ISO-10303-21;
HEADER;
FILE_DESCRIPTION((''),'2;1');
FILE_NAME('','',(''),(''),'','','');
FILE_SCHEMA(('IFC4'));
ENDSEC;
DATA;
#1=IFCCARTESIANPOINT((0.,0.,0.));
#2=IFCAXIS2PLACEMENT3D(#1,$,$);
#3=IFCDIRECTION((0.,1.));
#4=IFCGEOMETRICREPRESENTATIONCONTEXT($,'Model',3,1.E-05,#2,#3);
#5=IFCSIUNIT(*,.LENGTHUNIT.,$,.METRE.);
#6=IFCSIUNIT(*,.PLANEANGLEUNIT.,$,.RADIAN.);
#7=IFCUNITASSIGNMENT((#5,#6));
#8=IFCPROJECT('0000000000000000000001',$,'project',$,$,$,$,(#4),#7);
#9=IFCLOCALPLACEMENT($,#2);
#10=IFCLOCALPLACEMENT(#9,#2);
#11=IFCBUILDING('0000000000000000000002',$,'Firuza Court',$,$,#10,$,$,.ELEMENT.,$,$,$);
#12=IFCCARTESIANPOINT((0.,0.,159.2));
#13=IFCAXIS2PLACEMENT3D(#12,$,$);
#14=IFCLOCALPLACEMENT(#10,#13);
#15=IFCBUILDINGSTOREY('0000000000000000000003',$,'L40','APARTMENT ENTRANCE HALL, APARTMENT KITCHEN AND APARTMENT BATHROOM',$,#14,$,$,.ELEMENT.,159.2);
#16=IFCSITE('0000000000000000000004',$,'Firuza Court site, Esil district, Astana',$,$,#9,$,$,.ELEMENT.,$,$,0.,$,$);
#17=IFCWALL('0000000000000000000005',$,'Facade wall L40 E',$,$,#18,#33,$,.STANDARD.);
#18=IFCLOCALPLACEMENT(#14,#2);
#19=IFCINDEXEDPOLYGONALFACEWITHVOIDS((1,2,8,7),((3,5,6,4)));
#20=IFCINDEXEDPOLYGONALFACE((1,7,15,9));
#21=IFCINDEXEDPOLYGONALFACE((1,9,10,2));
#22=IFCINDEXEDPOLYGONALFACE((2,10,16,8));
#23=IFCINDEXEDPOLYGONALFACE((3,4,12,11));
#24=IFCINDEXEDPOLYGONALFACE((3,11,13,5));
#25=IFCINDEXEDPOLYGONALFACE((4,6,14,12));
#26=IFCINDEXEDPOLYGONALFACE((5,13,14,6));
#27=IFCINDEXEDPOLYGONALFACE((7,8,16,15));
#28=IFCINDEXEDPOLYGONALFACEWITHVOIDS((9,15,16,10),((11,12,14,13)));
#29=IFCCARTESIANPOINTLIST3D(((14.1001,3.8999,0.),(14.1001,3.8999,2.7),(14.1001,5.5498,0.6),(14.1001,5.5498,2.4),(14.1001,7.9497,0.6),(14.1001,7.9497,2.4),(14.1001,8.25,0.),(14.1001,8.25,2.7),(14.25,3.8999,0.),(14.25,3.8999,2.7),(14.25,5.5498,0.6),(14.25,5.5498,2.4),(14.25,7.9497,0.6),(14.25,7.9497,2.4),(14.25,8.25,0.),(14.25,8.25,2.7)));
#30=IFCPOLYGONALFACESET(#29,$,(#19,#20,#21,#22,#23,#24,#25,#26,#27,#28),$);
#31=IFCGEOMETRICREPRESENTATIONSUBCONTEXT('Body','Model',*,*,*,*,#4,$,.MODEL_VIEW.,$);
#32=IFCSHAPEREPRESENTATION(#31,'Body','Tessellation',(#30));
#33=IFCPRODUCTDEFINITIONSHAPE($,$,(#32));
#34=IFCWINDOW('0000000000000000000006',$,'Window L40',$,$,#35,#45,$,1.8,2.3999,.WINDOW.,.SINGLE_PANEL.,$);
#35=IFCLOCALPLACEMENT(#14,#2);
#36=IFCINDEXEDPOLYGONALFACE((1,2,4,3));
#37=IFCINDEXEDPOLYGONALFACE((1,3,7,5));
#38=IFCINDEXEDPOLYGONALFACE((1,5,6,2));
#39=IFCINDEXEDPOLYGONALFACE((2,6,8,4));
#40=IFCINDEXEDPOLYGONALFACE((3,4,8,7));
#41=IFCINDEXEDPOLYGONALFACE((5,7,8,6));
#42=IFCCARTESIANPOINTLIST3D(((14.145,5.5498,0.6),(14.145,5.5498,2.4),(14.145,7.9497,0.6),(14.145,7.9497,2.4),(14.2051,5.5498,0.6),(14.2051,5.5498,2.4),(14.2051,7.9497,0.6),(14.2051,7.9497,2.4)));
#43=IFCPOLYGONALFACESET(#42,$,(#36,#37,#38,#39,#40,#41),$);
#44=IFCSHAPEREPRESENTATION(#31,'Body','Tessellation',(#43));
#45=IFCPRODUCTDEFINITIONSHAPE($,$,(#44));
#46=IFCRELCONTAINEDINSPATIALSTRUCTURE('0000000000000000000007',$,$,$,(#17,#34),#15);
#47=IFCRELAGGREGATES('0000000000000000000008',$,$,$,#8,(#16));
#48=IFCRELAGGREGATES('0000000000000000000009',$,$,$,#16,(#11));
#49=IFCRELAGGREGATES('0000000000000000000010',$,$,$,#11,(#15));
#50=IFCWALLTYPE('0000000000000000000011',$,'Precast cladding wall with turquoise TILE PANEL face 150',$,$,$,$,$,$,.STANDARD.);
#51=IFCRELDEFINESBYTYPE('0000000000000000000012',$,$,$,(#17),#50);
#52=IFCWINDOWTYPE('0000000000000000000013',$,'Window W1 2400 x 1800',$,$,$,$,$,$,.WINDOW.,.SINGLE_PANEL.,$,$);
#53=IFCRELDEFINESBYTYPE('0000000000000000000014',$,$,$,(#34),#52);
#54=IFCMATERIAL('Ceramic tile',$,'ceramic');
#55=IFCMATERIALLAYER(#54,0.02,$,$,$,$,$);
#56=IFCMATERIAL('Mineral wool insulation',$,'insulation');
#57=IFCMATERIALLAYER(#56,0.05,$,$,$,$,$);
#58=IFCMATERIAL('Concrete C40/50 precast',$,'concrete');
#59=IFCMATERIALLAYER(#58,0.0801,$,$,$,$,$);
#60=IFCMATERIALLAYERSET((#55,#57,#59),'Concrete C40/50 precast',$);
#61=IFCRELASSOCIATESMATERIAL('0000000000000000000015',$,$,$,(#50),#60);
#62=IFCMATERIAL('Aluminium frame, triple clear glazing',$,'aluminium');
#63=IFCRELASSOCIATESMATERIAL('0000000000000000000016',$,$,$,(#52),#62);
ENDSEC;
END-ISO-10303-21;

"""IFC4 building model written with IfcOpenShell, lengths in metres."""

from ifc_helpers import new_model, si_unit, direction, frame, frame_2d, origin, place, context, subcontext, project, spatial, rectangle, extrude, material, layer, layer_set, type_object, element, fill, save


model = new_model("IFC4")

# Units and contexts
model_context = context("Model", 3, precision=1e-05, world=origin(), true_north=direction((0.0, 1.0)))
body_context = subcontext(model_context, "Body", "Model", "MODEL_VIEW")
ifc_project = project(units=[si_unit("LENGTHUNIT", "METRE"), si_unit("PLANEANGLEUNIT", "RADIAN")], contexts=[model_context])

# Site, building, storey
site_placement = place(None, origin())
site = spatial("IfcSite", under=ifc_project, at=site_placement, Name="Firuza Court site, Esil district, Astana", CompositionType="ELEMENT", RefElevation=0.0)
building_placement = place(site_placement, origin())
building = spatial("IfcBuilding", under=site, at=building_placement, Name="Firuza Court", CompositionType="ELEMENT")
storey_placement = place(building_placement, frame((0.0, 0.0, 159.2)))
storey = spatial("IfcBuildingStorey", under=building, at=storey_placement, Name="L40", Description="APARTMENT ENTRANCE HALL, APARTMENT KITCHEN AND APARTMENT BATHROOM", CompositionType="ELEMENT", Elevation=159.2)

# Shared definitions
ifc_material_1 = material(Name="Ceramic tile", Category="ceramic")
ifc_layer_1 = layer(ifc_material_1, 0.02)
ifc_material_2 = material(Name="Mineral wool insulation", Category="insulation")
ifc_layer_2 = layer(ifc_material_2, 0.05)
ifc_material_3 = material(Name="Concrete C40/50 precast", Category="concrete")
ifc_layer_3 = layer(ifc_material_3, 0.0801)
ifc_layer_set_1 = layer_set([ifc_layer_1, ifc_layer_2, ifc_layer_3], Name="Concrete C40/50 precast")
wall_type_1 = type_object("IfcWallType", Name="Precast cladding wall with turquoise TILE PANEL face 150", PredefinedType="STANDARD", material=ifc_layer_set_1)

# Wall, opening, window
wall_1_placement = place(storey_placement, frame((14.175, 3.8999, 0.0), z_axis=(0.0, 0.0, 1.0), x_axis=(0.0, 1.0, 0.0)))
wall_1 = element("IfcWall", 1, at=wall_1_placement, inside=storey, type_object=wall_type_1, Name="Facade wall L40 E", PredefinedType="STANDARD", context=body_context, shape_type="SweptSolid", body=[
    extrude(rectangle(XDim=4.3501, YDim=0.1499, at=frame_2d((2.175, 0.0))), origin(), (0.0, 0.0, 1.0), 2.7),
])
opening_placement = place(wall_1_placement, frame((1.6499, 0.0, 0.6001)))
opening = element("IfcOpeningElement", 2, at=opening_placement, cuts=wall_1, PredefinedType="OPENING", context=body_context, shape_type="SweptSolid", body=[
    extrude(rectangle(XDim=2.3999, YDim=1.8, at=frame_2d((1.2, 0.8999))), frame((0.0, 0.0869, 0.0), z_axis=(0.0, -1.0, 0.0), x_axis=(1.0, 0.0, 0.0)), (0.0, 0.0, 1.0), 0.1738),
])
ifc_material_4 = material(Name="Aluminium frame, triple clear glazing", Category="aluminium")
window_type = type_object("IfcWindowType", Name="Window W1 2400 x 1800", PartitioningType="SINGLE_PANEL", PredefinedType="WINDOW", material=ifc_material_4)
window_placement = place(opening_placement, origin())
window = element("IfcWindow", 3, at=window_placement, inside=storey, type_object=window_type, Name="Window L40", OverallHeight=1.8, OverallWidth=2.3999, PartitioningType="SINGLE_PANEL", PredefinedType="WINDOW", context=body_context, shape_type="SweptSolid", body=[
    extrude(rectangle(XDim=2.3999, YDim=1.8, at=frame_2d((1.2, 0.8999))), frame((0.0, 0.03, 0.0), z_axis=(0.0, -1.0, 0.0), x_axis=(1.0, 0.0, 0.0)), (0.0, 0.0, 1.0), 0.0601),
])
fill(opening, window)

save(model, "model.ifc")
